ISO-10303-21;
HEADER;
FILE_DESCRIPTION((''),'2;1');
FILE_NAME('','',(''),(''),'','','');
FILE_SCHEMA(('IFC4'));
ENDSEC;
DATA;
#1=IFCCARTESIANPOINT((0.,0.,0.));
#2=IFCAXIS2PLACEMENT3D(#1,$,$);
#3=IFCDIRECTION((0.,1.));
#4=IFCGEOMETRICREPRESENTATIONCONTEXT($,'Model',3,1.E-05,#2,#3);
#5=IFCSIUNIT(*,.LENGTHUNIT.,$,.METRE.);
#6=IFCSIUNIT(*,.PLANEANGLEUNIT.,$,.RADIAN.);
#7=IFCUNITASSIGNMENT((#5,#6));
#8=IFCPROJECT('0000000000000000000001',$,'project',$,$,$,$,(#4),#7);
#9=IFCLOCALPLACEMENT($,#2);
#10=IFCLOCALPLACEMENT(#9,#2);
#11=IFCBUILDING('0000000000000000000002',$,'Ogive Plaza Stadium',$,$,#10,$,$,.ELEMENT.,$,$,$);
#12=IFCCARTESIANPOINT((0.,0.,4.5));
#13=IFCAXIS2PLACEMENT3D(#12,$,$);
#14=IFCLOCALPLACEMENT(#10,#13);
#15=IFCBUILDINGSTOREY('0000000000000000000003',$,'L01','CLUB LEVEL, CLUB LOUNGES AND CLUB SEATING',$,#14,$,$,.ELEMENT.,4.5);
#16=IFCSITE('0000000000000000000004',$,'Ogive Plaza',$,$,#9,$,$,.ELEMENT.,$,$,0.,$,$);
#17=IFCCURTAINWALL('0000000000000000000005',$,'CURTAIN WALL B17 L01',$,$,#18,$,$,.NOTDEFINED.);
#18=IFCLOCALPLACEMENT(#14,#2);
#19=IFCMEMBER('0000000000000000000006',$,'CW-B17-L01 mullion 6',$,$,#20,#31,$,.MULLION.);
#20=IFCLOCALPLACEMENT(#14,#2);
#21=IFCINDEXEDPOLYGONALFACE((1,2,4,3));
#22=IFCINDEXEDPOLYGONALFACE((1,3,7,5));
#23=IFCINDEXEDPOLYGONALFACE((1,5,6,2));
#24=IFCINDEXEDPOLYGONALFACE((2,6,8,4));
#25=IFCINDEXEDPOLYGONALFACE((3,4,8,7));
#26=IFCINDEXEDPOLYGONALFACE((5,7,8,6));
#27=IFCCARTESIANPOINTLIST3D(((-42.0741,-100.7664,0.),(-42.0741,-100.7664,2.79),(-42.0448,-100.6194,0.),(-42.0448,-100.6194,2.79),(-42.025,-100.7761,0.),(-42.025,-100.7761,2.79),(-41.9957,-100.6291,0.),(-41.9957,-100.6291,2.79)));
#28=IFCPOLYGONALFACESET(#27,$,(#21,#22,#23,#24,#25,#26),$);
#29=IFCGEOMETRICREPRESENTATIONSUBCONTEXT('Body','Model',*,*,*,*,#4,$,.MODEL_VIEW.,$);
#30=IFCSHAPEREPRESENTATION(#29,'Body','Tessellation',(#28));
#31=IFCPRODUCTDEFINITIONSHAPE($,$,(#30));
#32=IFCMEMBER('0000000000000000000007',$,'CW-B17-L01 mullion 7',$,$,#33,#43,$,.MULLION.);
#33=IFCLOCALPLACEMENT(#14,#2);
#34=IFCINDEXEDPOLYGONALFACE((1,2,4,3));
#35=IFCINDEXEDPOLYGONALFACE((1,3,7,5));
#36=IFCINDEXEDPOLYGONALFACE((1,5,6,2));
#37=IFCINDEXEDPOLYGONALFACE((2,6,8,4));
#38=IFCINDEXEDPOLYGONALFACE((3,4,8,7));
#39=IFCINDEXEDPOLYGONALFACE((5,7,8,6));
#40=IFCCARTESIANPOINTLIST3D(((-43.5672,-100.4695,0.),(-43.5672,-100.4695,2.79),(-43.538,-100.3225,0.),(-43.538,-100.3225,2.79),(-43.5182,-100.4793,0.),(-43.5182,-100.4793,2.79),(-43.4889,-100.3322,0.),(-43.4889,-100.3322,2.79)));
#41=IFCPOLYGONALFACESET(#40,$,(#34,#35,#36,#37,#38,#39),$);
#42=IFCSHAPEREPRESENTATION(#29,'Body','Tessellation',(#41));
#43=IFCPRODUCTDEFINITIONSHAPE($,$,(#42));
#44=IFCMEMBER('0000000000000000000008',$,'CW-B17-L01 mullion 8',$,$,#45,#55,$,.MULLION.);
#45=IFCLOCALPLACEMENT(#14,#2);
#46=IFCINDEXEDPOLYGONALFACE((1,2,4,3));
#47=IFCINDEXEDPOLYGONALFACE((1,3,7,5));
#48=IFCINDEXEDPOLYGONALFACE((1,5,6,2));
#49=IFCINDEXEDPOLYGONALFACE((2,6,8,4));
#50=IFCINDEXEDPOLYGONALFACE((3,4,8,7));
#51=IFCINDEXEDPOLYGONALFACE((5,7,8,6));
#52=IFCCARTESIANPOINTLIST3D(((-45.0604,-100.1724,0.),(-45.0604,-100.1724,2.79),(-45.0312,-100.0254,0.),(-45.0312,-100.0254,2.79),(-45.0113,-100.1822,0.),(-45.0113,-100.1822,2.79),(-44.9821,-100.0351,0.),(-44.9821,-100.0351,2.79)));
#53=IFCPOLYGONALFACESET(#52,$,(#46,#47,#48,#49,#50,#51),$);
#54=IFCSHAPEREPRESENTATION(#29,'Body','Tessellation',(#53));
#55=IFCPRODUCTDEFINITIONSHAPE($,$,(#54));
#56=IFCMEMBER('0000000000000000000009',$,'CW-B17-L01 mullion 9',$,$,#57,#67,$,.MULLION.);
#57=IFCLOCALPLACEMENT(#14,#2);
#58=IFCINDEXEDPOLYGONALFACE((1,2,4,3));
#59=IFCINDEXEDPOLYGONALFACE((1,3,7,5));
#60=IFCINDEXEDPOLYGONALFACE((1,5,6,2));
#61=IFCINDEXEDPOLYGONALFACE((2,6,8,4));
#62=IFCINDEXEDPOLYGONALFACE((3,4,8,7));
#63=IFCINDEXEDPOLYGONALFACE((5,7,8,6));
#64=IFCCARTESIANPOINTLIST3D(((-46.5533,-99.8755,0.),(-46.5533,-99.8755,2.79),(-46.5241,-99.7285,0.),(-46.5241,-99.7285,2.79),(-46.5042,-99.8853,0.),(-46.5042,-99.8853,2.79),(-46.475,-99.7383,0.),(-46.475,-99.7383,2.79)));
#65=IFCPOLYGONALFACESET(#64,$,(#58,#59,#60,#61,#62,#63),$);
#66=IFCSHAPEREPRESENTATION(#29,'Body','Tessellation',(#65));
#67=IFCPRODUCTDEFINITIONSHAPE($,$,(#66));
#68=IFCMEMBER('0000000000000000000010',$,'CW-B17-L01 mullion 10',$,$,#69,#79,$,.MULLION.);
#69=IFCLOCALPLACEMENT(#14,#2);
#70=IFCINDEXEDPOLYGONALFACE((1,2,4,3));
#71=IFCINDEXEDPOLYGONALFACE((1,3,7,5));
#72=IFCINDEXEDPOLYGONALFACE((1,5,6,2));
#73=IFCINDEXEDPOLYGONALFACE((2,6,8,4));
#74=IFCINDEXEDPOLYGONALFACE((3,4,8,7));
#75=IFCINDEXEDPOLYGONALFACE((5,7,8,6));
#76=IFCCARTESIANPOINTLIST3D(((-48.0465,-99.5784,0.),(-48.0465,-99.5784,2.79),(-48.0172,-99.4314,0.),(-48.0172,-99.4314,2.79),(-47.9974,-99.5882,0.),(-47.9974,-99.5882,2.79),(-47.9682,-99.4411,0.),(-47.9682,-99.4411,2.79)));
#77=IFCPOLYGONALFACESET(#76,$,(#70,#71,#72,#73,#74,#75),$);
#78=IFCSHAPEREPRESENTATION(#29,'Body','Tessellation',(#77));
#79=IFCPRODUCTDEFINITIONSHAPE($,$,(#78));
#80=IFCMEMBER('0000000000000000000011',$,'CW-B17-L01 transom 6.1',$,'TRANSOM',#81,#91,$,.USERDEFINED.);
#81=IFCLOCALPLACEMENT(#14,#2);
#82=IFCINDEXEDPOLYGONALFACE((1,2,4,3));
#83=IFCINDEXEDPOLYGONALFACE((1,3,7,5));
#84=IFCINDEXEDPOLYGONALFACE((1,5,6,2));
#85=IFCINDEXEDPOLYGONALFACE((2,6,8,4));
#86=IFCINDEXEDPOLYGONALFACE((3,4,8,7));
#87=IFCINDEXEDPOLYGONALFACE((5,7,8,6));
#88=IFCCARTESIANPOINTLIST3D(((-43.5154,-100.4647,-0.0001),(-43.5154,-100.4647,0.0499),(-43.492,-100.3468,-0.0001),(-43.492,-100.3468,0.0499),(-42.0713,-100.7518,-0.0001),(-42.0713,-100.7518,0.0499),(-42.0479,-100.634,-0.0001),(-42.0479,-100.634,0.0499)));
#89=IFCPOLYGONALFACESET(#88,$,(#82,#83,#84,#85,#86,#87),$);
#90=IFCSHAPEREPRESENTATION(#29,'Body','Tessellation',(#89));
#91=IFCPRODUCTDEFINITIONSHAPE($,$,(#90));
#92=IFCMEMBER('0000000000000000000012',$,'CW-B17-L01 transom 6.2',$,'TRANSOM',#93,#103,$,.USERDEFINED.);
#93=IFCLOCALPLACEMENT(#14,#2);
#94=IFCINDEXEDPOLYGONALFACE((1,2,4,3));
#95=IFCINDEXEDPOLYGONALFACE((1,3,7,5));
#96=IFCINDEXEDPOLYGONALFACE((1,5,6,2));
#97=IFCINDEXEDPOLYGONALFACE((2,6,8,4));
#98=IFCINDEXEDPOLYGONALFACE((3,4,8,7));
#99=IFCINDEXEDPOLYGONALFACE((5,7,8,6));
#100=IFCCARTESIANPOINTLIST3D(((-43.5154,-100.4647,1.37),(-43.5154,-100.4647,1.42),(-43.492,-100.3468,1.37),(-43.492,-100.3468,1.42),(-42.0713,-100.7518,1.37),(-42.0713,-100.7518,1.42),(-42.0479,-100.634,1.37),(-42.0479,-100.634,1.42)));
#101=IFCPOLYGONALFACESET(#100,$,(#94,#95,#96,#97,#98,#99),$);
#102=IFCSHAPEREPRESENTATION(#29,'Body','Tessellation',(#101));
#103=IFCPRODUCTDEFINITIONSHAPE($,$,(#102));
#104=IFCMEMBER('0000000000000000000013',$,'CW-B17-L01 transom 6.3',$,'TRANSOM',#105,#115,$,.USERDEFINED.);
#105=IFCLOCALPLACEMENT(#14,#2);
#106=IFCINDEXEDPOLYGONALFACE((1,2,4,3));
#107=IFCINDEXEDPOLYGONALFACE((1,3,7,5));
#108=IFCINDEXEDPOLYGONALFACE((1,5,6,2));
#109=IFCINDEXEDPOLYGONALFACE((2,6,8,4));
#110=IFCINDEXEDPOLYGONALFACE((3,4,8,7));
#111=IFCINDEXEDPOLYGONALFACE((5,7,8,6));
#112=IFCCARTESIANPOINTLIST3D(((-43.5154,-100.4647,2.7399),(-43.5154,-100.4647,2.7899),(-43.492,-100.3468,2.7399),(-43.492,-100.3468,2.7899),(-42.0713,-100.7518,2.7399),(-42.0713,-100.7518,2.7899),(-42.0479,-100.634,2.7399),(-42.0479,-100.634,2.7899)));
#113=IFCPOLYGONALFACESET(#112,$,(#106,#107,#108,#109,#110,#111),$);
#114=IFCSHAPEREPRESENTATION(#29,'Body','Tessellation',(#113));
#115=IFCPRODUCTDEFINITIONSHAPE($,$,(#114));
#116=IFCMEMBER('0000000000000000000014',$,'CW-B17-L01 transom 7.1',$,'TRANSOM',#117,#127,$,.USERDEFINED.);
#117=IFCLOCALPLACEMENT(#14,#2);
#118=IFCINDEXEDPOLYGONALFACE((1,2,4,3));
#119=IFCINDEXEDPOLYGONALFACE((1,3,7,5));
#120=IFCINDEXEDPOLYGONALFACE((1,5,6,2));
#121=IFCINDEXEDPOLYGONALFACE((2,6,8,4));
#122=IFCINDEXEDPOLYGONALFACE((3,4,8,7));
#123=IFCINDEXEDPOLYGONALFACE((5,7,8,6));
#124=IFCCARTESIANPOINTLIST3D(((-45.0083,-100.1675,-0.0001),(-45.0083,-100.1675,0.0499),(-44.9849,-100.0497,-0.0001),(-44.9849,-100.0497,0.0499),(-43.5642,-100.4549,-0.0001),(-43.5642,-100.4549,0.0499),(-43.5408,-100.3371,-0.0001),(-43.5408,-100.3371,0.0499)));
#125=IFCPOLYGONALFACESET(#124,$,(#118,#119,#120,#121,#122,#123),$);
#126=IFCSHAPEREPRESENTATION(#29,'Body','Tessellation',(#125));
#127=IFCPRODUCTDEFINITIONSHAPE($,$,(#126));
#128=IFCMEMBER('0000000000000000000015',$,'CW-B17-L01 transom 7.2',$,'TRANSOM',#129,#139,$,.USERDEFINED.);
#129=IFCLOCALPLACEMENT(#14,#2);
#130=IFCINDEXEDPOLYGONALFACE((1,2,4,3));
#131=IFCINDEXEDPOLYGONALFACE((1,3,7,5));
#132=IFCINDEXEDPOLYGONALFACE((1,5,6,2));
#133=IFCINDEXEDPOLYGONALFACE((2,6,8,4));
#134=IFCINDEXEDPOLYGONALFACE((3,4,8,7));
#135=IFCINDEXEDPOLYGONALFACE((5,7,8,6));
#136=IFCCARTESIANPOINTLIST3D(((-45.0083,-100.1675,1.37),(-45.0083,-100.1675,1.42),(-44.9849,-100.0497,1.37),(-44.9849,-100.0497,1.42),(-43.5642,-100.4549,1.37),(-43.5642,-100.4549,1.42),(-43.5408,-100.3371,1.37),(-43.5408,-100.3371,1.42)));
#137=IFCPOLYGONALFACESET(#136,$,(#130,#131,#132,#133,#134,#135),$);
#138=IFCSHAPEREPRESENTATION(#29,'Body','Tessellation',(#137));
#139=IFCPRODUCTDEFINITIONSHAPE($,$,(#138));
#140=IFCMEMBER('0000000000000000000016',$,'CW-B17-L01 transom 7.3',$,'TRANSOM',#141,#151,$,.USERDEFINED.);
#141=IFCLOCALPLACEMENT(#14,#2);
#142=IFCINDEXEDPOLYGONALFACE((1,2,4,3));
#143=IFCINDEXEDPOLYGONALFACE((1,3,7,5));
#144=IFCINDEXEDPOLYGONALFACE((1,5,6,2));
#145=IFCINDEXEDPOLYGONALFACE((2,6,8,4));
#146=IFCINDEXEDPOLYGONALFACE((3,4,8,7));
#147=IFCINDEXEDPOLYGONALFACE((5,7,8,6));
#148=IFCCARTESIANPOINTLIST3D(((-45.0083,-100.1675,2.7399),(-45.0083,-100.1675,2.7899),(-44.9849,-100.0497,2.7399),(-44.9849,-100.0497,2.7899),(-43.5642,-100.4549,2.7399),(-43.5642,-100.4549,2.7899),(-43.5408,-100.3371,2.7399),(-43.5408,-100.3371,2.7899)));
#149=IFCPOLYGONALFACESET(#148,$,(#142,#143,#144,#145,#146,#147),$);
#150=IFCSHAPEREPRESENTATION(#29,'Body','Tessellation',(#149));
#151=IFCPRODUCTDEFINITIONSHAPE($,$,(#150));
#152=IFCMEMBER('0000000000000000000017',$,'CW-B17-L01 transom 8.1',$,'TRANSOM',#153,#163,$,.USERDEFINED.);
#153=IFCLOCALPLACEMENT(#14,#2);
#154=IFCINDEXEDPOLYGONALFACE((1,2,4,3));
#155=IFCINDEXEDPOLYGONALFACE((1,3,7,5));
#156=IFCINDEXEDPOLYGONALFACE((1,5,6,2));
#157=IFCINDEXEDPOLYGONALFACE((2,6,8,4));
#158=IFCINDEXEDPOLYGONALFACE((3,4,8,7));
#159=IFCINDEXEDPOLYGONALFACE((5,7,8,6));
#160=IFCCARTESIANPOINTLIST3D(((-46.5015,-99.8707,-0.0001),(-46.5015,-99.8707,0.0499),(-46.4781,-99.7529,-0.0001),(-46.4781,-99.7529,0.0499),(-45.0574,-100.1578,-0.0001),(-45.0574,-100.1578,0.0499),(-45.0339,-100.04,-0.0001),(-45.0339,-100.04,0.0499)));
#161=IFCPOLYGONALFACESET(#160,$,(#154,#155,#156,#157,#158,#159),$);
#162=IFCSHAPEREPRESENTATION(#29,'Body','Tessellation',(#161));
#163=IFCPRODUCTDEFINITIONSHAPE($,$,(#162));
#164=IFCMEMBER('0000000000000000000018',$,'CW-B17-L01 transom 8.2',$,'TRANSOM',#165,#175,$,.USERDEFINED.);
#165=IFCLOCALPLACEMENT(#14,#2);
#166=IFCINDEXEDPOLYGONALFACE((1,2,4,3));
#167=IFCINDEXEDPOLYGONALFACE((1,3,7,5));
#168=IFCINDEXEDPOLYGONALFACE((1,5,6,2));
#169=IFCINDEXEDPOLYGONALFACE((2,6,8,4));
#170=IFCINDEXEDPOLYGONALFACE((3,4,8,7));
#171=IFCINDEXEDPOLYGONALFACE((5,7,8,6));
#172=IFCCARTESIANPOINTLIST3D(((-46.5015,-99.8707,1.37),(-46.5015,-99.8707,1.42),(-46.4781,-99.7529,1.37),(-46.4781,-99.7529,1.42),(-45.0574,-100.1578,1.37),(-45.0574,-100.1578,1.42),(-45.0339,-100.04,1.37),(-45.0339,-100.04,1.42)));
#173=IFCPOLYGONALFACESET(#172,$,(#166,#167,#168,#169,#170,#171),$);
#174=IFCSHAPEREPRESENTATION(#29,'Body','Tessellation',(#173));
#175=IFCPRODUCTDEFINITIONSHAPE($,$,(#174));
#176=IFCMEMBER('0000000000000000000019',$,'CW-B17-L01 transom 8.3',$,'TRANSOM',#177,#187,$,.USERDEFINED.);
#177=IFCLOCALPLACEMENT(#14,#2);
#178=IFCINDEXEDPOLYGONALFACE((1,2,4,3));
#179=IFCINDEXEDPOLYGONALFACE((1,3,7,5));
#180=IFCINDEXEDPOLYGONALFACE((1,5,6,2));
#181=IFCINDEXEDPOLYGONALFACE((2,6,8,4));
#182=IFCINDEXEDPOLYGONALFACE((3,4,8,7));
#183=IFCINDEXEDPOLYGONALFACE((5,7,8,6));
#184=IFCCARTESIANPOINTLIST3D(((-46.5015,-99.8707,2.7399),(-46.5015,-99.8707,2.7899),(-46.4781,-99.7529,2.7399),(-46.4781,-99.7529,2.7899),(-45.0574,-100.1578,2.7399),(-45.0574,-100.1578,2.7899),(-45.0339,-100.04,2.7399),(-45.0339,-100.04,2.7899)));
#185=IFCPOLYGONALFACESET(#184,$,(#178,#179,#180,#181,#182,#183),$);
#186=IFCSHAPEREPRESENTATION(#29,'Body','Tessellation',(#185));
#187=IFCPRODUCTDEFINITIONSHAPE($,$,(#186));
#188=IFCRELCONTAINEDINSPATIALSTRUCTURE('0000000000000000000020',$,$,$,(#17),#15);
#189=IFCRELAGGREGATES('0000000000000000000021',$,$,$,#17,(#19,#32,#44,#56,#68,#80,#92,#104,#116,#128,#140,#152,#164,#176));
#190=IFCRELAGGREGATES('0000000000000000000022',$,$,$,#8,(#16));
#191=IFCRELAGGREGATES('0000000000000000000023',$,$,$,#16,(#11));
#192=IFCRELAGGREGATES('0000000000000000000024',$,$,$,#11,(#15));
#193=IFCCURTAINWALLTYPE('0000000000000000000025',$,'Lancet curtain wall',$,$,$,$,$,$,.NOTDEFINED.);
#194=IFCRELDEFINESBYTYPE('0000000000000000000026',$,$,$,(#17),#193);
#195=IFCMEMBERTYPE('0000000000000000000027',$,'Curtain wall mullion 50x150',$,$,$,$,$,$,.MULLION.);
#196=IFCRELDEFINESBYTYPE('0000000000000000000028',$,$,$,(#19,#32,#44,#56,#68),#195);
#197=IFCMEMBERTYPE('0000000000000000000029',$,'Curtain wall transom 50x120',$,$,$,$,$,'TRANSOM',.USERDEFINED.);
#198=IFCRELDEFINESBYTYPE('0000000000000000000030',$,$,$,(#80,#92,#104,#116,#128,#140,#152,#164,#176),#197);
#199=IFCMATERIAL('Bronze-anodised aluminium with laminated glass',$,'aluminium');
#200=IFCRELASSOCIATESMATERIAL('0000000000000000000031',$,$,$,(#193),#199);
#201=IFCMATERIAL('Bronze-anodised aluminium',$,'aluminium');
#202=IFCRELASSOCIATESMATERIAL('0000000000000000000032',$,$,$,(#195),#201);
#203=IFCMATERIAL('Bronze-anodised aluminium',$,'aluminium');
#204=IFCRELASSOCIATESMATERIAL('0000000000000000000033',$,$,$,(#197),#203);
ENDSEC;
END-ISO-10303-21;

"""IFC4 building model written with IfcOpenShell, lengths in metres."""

from ifc_helpers import new_model, si_unit, direction, frame, origin, origin_2d, place, context, subcontext, project, spatial, rectangle, extrude, material, material_profile, profile_set, type_object, element, aggregate, save


model = new_model("IFC4")

# Units and contexts
model_context = context("Model", 3, precision=1e-05, world=origin(), true_north=direction((0.0, 1.0)))
body_context = subcontext(model_context, "Body", "Model", "MODEL_VIEW")
ifc_project = project(units=[si_unit("LENGTHUNIT", "METRE"), si_unit("PLANEANGLEUNIT", "RADIAN")], contexts=[model_context])

# Site, building, storey
site_placement = place(None, origin())
site = spatial("IfcSite", under=ifc_project, at=site_placement, Name="Ogive Plaza", CompositionType="ELEMENT", RefElevation=0.0)
building_placement = place(site_placement, origin())
building = spatial("IfcBuilding", under=site, at=building_placement, Name="Ogive Plaza Stadium", CompositionType="ELEMENT")
storey_placement = place(building_placement, frame((0.0, 0.0, 4.5)))
storey = spatial("IfcBuildingStorey", under=building, at=storey_placement, Name="L01", Description="CLUB LEVEL, CLUB LOUNGES AND CLUB SEATING", CompositionType="ELEMENT", Elevation=4.5)

# Curtain wall, members
ifc_material_1 = material(Name="Bronze-anodised aluminium with laminated glass", Category="aluminium")
curtain_wall_type = type_object("IfcCurtainWallType", Name="Lancet curtain wall", PredefinedType="NOTDEFINED", material=ifc_material_1)
curtain_wall_placement = place(storey_placement, origin())
curtain_wall = element("IfcCurtainWall", 1, at=curtain_wall_placement, inside=storey, type_object=curtain_wall_type, Name="CURTAIN WALL B17 L01", PredefinedType="NOTDEFINED")
ifc_material_2 = material(Name="Bronze-anodised aluminium", Category="aluminium")
ifc_material_profile_1 = material_profile(ifc_material_2, rectangle(XDim=0.1499, YDim=0.05, at=origin_2d()), Name="AL 150x50")
ifc_profile_set_1 = profile_set([ifc_material_profile_1], Name="Bronze-anodised aluminium")
member_type_1 = type_object("IfcMemberType", Name="Curtain wall mullion 50x150", PredefinedType="MULLION", material=ifc_profile_set_1)
member_1_placement = place(storey_placement, frame((-42.0349, -100.6978, 0.0), z_axis=(0.0, 0.0, 1.0), x_axis=(-0.19509, -0.980785, 0.0)))
member_1 = element("IfcMember", 2, at=member_1_placement, type_object=member_type_1, Name="CW-B17-L01 mullion 6", PredefinedType="MULLION", context=body_context, shape_type="SweptSolid", body=[
    extrude(rectangle(XDim=0.1499, YDim=0.05, at=origin_2d()), origin(), (0.0, 0.0, 1.0), 2.79),
])
member_2_placement = place(storey_placement, frame((-43.5281, -100.4009, 0.0), z_axis=(0.0, 0.0, 1.0), x_axis=(-0.19509, -0.980785, 0.0)))
member_2 = element("IfcMember", 3, at=member_2_placement, type_object=member_type_1, Name="CW-B17-L01 mullion 7", PredefinedType="MULLION", context=body_context, shape_type="SweptSolid", body=[
    extrude(rectangle(XDim=0.1499, YDim=0.05, at=origin_2d()), origin(), (0.0, 0.0, 1.0), 2.79),
])
member_3_placement = place(storey_placement, frame((-45.0212, -100.1038, 0.0), z_axis=(0.0, 0.0, 1.0), x_axis=(-0.19509, -0.980785, 0.0)))
member_3 = element("IfcMember", 4, at=member_3_placement, type_object=member_type_1, Name="CW-B17-L01 mullion 8", PredefinedType="MULLION", context=body_context, shape_type="SweptSolid", body=[
    extrude(rectangle(XDim=0.1499, YDim=0.05, at=origin_2d()), origin(), (0.0, 0.0, 1.0), 2.79),
])
member_4_placement = place(storey_placement, frame((-46.5142, -99.8069, 0.0), z_axis=(0.0, 0.0, 1.0), x_axis=(-0.19509, -0.980785, 0.0)))
member_4 = element("IfcMember", 5, at=member_4_placement, type_object=member_type_1, Name="CW-B17-L01 mullion 9", PredefinedType="MULLION", context=body_context, shape_type="SweptSolid", body=[
    extrude(rectangle(XDim=0.1499, YDim=0.05, at=origin_2d()), origin(), (0.0, 0.0, 1.0), 2.79),
])
member_5_placement = place(storey_placement, frame((-48.0073, -99.5098, 0.0), z_axis=(0.0, 0.0, 1.0), x_axis=(-0.19509, -0.980785, 0.0)))
member_5 = element("IfcMember", 6, at=member_5_placement, type_object=member_type_1, Name="CW-B17-L01 mullion 10", PredefinedType="MULLION", context=body_context, shape_type="SweptSolid", body=[
    extrude(rectangle(XDim=0.1499, YDim=0.05, at=origin_2d()), origin(), (0.0, 0.0, 1.0), 2.79),
])
ifc_material_3 = material(Name="Bronze-anodised aluminium", Category="aluminium")
ifc_material_profile_2 = material_profile(ifc_material_3, rectangle(XDim=0.1201, YDim=0.05, at=origin_2d()), Name="AL 120x50")
ifc_profile_set_2 = profile_set([ifc_material_profile_2], Name="Bronze-anodised aluminium")
member_type_2 = type_object("IfcMemberType", Name="Curtain wall transom 50x120", ElementType="TRANSOM", PredefinedType="USERDEFINED", material=ifc_profile_set_2)
member_6_placement = place(storey_placement, frame((-42.0596, -100.6929, 0.0249), z_axis=(-0.980803, 0.195, 0.0), x_axis=(-0.195, -0.980803, 0.0)))
member_6 = element("IfcMember", 7, at=member_6_placement, type_object=member_type_2, Name="CW-B17-L01 transom 6.1", ObjectType="TRANSOM", PredefinedType="USERDEFINED", context=body_context, shape_type="SweptSolid", body=[
    extrude(rectangle(XDim=0.1201, YDim=0.05, at=origin_2d()), origin(), (0.0, 0.0, 1.0), 1.4724),
])
member_7_placement = place(storey_placement, frame((-42.0596, -100.6929, 1.395), z_axis=(-0.980803, 0.195, 0.0), x_axis=(-0.195, -0.980803, 0.0)))
member_7 = element("IfcMember", 8, at=member_7_placement, type_object=member_type_2, Name="CW-B17-L01 transom 6.2", ObjectType="TRANSOM", PredefinedType="USERDEFINED", context=body_context, shape_type="SweptSolid", body=[
    extrude(rectangle(XDim=0.1201, YDim=0.05, at=origin_2d()), origin(), (0.0, 0.0, 1.0), 1.4724),
])
member_8_placement = place(storey_placement, frame((-42.0596, -100.6929, 2.7649), z_axis=(-0.980803, 0.195, 0.0), x_axis=(-0.195, -0.980803, 0.0)))
member_8 = element("IfcMember", 9, at=member_8_placement, type_object=member_type_2, Name="CW-B17-L01 transom 6.3", ObjectType="TRANSOM", PredefinedType="USERDEFINED", context=body_context, shape_type="SweptSolid", body=[
    extrude(rectangle(XDim=0.1201, YDim=0.05, at=origin_2d()), origin(), (0.0, 0.0, 1.0), 1.4724),
])
member_9_placement = place(storey_placement, frame((-43.5525, -100.396, 0.0249), z_axis=(-0.980772, 0.195159, 0.0), x_axis=(-0.195159, -0.980772, 0.0)))
member_9 = element("IfcMember", 10, at=member_9_placement, type_object=member_type_2, Name="CW-B17-L01 transom 7.1", ObjectType="TRANSOM", PredefinedType="USERDEFINED", context=body_context, shape_type="SweptSolid", body=[
    extrude(rectangle(XDim=0.1201, YDim=0.05, at=origin_2d()), origin(), (0.0, 0.0, 1.0), 1.4724),
])
member_10_placement = place(storey_placement, frame((-43.5525, -100.396, 1.395), z_axis=(-0.980772, 0.195159, 0.0), x_axis=(-0.195159, -0.980772, 0.0)))
member_10 = element("IfcMember", 11, at=member_10_placement, type_object=member_type_2, Name="CW-B17-L01 transom 7.2", ObjectType="TRANSOM", PredefinedType="USERDEFINED", context=body_context, shape_type="SweptSolid", body=[
    extrude(rectangle(XDim=0.1201, YDim=0.05, at=origin_2d()), origin(), (0.0, 0.0, 1.0), 1.4724),
])
member_11_placement = place(storey_placement, frame((-43.5525, -100.396, 2.7649), z_axis=(-0.980772, 0.195159, 0.0), x_axis=(-0.195159, -0.980772, 0.0)))
member_11 = element("IfcMember", 12, at=member_11_placement, type_object=member_type_2, Name="CW-B17-L01 transom 7.3", ObjectType="TRANSOM", PredefinedType="USERDEFINED", context=body_context, shape_type="SweptSolid", body=[
    extrude(rectangle(XDim=0.1201, YDim=0.05, at=origin_2d()), origin(), (0.0, 0.0, 1.0), 1.4724),
])
member_12_placement = place(storey_placement, frame((-45.0457, -100.0989, 0.0249), z_axis=(-0.980803, 0.195, 0.0), x_axis=(-0.195, -0.980803, 0.0)))
member_12 = element("IfcMember", 13, at=member_12_placement, type_object=member_type_2, Name="CW-B17-L01 transom 8.1", ObjectType="TRANSOM", PredefinedType="USERDEFINED", context=body_context, shape_type="SweptSolid", body=[
    extrude(rectangle(XDim=0.1201, YDim=0.05, at=origin_2d()), origin(), (0.0, 0.0, 1.0), 1.4724),
])
member_13_placement = place(storey_placement, frame((-45.0457, -100.0989, 1.395), z_axis=(-0.980803, 0.195, 0.0), x_axis=(-0.195, -0.980803, 0.0)))
member_13 = element("IfcMember", 14, at=member_13_placement, type_object=member_type_2, Name="CW-B17-L01 transom 8.2", ObjectType="TRANSOM", PredefinedType="USERDEFINED", context=body_context, shape_type="SweptSolid", body=[
    extrude(rectangle(XDim=0.1201, YDim=0.05, at=origin_2d()), origin(), (0.0, 0.0, 1.0), 1.4724),
])
member_14_placement = place(storey_placement, frame((-45.0457, -100.0989, 2.7649), z_axis=(-0.980803, 0.195, 0.0), x_axis=(-0.195, -0.980803, 0.0)))
member_14 = element("IfcMember", 15, at=member_14_placement, type_object=member_type_2, Name="CW-B17-L01 transom 8.3", ObjectType="TRANSOM", PredefinedType="USERDEFINED", context=body_context, shape_type="SweptSolid", body=[
    extrude(rectangle(XDim=0.1201, YDim=0.05, at=origin_2d()), origin(), (0.0, 0.0, 1.0), 1.4724),
])
aggregate(curtain_wall, [member_1, member_2, member_3, member_4, member_5, member_6, member_7, member_8, member_9, member_10, member_11, member_12, member_13, member_14])

save(model, "model.ifc")
